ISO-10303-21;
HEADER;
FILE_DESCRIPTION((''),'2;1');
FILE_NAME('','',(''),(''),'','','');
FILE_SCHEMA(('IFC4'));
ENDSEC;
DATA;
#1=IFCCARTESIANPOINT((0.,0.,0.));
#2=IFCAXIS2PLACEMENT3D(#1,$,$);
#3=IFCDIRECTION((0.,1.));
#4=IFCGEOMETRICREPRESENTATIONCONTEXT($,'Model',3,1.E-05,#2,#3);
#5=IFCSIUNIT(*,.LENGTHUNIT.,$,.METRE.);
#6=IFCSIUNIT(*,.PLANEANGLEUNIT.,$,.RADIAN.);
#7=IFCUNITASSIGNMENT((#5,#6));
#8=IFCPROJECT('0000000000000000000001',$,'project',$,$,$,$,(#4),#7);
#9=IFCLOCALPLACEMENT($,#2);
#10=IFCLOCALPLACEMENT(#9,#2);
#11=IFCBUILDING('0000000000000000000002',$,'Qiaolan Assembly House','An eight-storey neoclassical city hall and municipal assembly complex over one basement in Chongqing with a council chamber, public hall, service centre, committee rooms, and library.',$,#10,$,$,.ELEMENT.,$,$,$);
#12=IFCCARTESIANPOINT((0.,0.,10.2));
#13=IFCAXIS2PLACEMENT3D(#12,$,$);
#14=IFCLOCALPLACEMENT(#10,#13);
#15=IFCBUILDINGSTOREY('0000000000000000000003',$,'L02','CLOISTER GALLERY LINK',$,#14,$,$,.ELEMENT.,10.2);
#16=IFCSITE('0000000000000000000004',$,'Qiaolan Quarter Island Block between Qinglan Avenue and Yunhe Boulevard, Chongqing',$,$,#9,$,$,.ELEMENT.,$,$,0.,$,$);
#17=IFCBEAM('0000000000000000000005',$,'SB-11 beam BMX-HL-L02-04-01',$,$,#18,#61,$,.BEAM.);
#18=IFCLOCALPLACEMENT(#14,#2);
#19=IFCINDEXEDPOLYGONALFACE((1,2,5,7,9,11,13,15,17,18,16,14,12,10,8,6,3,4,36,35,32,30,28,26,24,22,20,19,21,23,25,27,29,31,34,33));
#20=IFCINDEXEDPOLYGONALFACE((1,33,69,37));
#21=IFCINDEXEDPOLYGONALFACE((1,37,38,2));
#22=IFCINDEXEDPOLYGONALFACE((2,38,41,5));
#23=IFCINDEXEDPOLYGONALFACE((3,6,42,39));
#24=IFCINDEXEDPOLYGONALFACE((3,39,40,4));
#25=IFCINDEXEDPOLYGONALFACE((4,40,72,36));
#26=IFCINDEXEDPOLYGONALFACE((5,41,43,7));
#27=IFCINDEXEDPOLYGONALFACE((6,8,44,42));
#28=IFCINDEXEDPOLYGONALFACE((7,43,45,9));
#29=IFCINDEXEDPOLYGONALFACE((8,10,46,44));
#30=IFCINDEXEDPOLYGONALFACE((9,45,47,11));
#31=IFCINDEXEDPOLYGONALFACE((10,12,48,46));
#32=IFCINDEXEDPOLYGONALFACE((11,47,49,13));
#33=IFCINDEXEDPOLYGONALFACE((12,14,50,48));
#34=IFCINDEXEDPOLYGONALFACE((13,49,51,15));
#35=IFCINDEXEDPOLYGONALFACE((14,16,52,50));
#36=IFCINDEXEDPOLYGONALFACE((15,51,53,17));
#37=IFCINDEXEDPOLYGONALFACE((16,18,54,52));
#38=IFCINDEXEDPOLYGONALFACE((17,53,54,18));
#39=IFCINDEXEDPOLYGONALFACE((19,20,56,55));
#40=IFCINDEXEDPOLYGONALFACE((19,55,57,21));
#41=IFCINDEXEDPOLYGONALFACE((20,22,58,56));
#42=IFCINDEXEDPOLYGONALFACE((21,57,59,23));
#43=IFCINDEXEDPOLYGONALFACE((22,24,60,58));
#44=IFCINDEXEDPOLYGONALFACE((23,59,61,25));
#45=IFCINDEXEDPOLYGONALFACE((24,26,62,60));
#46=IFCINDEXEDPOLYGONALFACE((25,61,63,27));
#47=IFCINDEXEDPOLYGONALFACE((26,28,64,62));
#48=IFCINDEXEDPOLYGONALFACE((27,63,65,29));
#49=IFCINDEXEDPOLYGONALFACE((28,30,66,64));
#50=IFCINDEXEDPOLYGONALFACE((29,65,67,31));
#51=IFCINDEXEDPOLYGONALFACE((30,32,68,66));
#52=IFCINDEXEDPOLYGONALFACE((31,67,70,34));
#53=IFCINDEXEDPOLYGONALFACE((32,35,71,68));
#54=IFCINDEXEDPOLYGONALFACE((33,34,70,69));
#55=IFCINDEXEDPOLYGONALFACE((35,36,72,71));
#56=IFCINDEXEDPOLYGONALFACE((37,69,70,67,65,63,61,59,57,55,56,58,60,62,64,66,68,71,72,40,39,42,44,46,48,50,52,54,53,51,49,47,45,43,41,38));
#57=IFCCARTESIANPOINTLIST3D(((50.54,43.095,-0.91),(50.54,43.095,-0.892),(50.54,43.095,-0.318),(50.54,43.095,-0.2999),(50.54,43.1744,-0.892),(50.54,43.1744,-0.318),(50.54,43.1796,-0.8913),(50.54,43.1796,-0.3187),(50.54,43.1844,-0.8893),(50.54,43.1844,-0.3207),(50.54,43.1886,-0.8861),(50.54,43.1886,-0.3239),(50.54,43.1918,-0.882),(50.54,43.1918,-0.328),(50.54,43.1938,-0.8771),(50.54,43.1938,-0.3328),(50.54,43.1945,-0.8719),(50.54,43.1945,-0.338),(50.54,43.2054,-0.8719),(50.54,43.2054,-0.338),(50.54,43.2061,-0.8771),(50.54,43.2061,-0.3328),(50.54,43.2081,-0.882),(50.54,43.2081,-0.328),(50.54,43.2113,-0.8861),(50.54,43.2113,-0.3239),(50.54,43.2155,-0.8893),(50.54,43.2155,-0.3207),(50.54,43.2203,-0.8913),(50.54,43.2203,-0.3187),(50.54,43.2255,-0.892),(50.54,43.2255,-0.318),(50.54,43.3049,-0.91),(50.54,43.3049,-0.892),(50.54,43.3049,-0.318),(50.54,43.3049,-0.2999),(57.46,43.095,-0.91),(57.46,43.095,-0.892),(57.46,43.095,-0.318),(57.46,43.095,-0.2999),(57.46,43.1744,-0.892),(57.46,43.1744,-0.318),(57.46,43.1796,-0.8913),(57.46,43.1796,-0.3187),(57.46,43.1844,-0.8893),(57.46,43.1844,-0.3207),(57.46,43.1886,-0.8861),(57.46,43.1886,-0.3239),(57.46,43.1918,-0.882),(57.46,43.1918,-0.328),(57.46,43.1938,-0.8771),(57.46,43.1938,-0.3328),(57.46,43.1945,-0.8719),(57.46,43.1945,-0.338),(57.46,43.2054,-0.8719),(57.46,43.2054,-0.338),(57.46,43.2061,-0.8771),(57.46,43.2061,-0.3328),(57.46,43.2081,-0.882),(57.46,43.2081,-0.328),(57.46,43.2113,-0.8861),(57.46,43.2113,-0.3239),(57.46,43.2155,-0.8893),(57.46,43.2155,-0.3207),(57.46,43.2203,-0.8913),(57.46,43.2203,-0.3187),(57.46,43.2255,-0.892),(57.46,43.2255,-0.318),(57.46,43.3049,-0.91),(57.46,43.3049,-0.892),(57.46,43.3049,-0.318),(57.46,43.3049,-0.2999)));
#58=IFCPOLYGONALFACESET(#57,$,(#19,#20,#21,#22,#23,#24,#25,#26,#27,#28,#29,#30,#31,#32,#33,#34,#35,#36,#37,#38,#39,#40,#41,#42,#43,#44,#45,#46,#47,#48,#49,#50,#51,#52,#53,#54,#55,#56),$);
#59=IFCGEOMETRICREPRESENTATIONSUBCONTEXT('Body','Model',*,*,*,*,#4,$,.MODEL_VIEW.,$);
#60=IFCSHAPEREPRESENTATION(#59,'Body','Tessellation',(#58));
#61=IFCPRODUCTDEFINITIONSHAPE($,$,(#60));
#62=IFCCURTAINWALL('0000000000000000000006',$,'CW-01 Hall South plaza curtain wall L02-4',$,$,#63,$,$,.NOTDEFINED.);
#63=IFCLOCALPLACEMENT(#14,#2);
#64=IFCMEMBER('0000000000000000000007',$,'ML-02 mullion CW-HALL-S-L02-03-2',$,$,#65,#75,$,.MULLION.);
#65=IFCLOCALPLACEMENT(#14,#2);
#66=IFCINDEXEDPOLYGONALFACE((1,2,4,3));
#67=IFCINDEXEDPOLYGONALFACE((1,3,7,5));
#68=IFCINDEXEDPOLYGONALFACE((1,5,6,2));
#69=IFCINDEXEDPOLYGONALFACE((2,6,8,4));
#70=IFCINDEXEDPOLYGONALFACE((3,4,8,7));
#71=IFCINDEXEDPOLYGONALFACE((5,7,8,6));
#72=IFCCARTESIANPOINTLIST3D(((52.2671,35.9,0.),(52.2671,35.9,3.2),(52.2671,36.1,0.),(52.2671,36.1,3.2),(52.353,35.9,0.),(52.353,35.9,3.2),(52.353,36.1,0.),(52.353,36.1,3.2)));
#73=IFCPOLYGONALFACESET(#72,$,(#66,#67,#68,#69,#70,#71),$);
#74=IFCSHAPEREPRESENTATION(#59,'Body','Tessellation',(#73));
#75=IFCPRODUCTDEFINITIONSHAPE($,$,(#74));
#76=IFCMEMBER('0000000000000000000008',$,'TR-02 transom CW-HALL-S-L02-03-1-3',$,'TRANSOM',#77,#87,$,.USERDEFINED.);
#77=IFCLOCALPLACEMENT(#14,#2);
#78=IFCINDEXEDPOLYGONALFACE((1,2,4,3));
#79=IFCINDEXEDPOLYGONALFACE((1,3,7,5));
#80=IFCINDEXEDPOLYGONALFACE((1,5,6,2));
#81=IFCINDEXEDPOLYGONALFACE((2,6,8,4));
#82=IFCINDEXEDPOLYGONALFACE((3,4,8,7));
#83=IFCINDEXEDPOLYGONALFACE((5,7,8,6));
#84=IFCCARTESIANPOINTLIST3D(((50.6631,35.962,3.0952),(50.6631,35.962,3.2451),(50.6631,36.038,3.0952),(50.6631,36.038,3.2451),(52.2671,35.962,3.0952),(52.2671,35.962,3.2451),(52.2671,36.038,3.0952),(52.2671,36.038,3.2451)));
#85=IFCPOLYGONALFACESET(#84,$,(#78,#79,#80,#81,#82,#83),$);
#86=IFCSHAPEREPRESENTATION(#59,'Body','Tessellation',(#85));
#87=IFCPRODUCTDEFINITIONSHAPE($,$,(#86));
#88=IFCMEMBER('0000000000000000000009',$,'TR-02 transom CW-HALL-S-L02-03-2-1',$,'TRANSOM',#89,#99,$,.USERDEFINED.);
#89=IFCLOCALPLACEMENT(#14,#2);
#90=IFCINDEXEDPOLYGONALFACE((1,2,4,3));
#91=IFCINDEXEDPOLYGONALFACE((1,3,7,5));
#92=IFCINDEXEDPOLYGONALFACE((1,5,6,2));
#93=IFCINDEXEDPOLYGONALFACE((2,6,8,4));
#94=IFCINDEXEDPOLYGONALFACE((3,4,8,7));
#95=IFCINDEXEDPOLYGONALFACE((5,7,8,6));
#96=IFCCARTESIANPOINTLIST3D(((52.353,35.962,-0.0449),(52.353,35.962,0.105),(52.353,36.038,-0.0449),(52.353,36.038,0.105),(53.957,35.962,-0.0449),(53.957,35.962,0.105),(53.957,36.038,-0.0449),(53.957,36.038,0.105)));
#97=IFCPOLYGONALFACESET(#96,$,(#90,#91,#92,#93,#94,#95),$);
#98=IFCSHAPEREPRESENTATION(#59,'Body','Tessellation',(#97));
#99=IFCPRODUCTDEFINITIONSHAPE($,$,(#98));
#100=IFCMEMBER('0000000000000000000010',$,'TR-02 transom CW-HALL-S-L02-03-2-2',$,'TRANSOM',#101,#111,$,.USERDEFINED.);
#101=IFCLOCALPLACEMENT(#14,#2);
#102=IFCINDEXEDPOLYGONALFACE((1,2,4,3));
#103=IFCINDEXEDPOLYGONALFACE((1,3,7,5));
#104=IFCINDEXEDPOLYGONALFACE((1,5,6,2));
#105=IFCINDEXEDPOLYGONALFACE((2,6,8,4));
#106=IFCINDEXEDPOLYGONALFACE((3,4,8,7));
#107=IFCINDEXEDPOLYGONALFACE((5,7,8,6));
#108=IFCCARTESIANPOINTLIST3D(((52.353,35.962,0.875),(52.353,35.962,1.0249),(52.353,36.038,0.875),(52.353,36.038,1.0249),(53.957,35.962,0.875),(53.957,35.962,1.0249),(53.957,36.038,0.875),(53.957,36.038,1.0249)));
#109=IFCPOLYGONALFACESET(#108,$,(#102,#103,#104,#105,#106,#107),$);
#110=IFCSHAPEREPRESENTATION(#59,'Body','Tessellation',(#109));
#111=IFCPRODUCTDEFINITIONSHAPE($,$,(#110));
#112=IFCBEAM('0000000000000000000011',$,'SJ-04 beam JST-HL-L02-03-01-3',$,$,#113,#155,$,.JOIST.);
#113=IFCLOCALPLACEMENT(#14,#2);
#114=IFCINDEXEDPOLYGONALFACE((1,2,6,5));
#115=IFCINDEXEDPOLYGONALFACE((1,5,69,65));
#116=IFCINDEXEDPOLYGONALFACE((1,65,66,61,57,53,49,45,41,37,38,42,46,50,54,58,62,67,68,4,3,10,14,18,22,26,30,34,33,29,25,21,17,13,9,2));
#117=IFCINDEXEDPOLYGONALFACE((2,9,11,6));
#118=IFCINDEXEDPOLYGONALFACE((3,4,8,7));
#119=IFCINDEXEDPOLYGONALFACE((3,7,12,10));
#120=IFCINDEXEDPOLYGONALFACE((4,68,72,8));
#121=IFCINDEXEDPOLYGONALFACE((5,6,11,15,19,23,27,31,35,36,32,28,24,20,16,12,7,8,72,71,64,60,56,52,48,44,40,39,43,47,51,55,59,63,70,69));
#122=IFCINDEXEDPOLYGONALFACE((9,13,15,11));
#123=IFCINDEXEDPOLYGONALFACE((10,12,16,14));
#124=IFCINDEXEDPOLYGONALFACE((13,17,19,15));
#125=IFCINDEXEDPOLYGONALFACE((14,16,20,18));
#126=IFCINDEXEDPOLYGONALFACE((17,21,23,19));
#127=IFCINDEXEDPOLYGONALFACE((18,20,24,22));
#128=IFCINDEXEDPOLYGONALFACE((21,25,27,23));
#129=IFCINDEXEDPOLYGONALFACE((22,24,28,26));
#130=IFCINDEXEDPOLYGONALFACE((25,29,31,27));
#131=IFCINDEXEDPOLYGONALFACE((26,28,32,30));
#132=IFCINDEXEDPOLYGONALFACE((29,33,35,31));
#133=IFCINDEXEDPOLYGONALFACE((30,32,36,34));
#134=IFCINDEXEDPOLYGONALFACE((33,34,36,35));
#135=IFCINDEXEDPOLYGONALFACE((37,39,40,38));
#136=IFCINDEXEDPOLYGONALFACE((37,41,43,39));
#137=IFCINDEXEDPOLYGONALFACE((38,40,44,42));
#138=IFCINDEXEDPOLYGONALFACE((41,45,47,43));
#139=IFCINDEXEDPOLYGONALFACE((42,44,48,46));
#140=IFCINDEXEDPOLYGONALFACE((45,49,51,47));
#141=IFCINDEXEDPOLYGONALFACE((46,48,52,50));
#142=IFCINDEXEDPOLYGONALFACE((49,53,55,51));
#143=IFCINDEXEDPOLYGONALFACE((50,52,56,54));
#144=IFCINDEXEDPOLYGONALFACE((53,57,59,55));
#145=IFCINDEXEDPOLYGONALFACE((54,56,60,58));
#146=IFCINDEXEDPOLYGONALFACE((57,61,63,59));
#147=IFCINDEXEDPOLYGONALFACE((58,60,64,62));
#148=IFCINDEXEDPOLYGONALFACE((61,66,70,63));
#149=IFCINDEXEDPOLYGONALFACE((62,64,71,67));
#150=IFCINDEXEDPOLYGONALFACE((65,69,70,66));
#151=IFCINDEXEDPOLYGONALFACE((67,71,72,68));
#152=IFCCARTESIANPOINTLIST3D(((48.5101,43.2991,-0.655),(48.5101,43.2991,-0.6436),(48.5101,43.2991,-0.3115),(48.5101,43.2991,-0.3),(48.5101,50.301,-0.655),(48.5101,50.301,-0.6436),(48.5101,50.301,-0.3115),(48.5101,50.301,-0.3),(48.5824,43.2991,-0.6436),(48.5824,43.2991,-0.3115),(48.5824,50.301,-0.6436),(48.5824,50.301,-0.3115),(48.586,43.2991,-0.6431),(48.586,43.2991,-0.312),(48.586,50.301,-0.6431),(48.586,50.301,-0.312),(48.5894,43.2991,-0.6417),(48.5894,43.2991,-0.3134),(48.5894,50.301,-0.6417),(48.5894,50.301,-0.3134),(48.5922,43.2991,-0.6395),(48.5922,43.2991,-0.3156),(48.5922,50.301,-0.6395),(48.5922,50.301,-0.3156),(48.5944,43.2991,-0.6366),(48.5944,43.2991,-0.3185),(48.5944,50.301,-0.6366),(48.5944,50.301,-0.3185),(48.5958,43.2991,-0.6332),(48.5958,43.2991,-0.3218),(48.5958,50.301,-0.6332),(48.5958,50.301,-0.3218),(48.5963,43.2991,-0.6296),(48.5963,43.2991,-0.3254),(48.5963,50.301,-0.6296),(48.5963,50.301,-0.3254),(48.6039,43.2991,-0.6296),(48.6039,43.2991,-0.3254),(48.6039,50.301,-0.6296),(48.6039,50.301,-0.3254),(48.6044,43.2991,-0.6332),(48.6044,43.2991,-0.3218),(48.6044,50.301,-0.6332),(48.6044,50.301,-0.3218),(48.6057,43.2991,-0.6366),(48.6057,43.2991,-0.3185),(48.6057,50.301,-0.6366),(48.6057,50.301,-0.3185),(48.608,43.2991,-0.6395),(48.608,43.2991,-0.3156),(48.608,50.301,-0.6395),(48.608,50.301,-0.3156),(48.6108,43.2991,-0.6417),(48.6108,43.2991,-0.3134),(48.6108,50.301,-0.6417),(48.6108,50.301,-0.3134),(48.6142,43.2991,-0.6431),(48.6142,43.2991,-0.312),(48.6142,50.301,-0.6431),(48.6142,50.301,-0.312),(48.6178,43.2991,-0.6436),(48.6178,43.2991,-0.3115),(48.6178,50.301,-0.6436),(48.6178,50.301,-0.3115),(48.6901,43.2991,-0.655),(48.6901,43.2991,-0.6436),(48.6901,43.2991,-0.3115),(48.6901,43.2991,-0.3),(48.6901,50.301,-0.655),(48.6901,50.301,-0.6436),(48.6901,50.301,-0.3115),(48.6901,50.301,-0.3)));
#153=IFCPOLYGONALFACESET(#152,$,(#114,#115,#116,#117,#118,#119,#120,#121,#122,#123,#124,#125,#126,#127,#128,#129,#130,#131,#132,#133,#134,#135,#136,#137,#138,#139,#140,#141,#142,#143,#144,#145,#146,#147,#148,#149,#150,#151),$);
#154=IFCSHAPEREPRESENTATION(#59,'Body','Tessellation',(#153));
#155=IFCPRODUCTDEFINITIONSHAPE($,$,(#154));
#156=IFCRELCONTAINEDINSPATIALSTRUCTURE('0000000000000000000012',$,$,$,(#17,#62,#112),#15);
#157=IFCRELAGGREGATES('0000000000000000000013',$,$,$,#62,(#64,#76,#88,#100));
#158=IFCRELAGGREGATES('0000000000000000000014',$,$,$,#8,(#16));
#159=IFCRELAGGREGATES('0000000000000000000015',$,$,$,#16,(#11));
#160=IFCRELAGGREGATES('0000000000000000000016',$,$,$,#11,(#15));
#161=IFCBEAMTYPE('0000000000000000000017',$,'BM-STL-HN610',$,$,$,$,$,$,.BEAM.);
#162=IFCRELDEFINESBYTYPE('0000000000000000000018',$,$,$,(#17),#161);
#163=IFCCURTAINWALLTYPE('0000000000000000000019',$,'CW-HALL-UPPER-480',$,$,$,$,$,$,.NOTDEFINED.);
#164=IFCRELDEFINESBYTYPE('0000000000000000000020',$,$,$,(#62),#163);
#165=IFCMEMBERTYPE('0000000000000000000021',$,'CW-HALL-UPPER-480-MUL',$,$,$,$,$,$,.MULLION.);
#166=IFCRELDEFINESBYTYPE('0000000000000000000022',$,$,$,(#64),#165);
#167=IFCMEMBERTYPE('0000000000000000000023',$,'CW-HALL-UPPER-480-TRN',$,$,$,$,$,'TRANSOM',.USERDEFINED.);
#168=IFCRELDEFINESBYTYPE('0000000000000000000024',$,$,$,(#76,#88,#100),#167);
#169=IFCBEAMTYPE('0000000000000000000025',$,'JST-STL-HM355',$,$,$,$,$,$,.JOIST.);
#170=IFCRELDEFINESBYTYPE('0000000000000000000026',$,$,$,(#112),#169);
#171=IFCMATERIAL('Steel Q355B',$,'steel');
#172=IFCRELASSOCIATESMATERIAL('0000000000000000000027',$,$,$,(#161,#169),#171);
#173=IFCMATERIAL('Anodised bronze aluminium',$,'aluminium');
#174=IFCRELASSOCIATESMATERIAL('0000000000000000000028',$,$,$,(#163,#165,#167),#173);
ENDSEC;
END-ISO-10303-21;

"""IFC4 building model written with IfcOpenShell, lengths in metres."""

from ifc_helpers import new_model, si_unit, direction, frame, origin, origin_2d, place, context, subcontext, project, spatial, rectangle, i_section, extrude, material, material_profile, profile_set, type_object, element, aggregate, save


model = new_model("IFC4")

# Units and contexts
model_context = context("Model", 3, precision=1e-05, world=origin(), true_north=direction((0.0, 1.0)))
body_context = subcontext(model_context, "Body", "Model", "MODEL_VIEW")
ifc_project = project(units=[si_unit("LENGTHUNIT", "METRE"), si_unit("PLANEANGLEUNIT", "RADIAN")], contexts=[model_context])

# Site, building, storey
site_placement = place(None, origin())
site = spatial("IfcSite", under=ifc_project, at=site_placement, Name="Qiaolan Quarter Island Block between Qinglan Avenue and Yunhe Boulevard, Chongqing", CompositionType="ELEMENT", RefElevation=0.0)
building_placement = place(site_placement, origin())
building = spatial("IfcBuilding", under=site, at=building_placement, Name="Qiaolan Assembly House", Description="An eight-storey neoclassical city hall and municipal assembly complex over one basement in Chongqing with a council chamber, public hall, service centre, committee rooms, and library.", CompositionType="ELEMENT")
storey_placement = place(building_placement, frame((0.0, 0.0, 10.2)))
storey = spatial("IfcBuildingStorey", under=building, at=storey_placement, Name="L02", Description="CLOISTER GALLERY LINK", CompositionType="ELEMENT", Elevation=10.2)

# Shared definitions
ifc_material_1 = material(Name="Steel Q355B", Category="steel")

# Beam
ifc_material_profile_1 = material_profile(ifc_material_1, i_section(OverallWidth=0.21, OverallDepth=0.6101, WebThickness=0.011, FlangeThickness=0.0181, FilletRadius=0.02, at=origin_2d()), Name="HN 610x210x11x18")
ifc_profile_set_1 = profile_set([ifc_material_profile_1], Name="Steel Q355B")
beam_type_1 = type_object("IfcBeamType", Name="BM-STL-HN610", PredefinedType="BEAM", material=ifc_profile_set_1)
beam_1_placement = place(storey_placement, frame((50.54, 43.2, -0.605), z_axis=(1.0, 0.0, 0.0), x_axis=(0.0, 1.0, 0.0)))
element("IfcBeam", 1, at=beam_1_placement, inside=storey, type_object=beam_type_1, Name="SB-11 beam BMX-HL-L02-04-01", PredefinedType="BEAM", context=body_context, shape_type="SweptSolid", body=[
    extrude(i_section(OverallWidth=0.21, OverallDepth=0.6101, WebThickness=0.011, FlangeThickness=0.0181, FilletRadius=0.02, at=origin_2d()), origin(), (0.0, 0.0, 1.0), 6.9199),
])

# Curtain wall, members
ifc_material_2 = material(Name="Anodised bronze aluminium", Category="aluminium")
curtain_wall_type = type_object("IfcCurtainWallType", Name="CW-HALL-UPPER-480", PredefinedType="NOTDEFINED", material=ifc_material_2)
curtain_wall_placement = place(storey_placement, origin())
curtain_wall = element("IfcCurtainWall", 2, at=curtain_wall_placement, inside=storey, type_object=curtain_wall_type, Name="CW-01 Hall South plaza curtain wall L02-4", PredefinedType="NOTDEFINED")
ifc_material_profile_2 = material_profile(ifc_material_2, rectangle(XDim=0.0859, YDim=0.2, at=origin_2d()), Name="MUL 86x200")
ifc_profile_set_2 = profile_set([ifc_material_profile_2], Name="Anodised bronze aluminium")
member_type_1 = type_object("IfcMemberType", Name="CW-HALL-UPPER-480-MUL", PredefinedType="MULLION", material=ifc_profile_set_2)
member_1_placement = place(storey_placement, frame((52.3101, 36.0, 0.0), z_axis=(0.0, 0.0, 1.0), x_axis=(1.0, 0.0, 0.0)))
member_1 = element("IfcMember", 3, at=member_1_placement, type_object=member_type_1, Name="ML-02 mullion CW-HALL-S-L02-03-2", PredefinedType="MULLION", context=body_context, shape_type="SweptSolid", body=[
    extrude(rectangle(XDim=0.0859, YDim=0.2, at=origin_2d()), origin(), (0.0, 0.0, 1.0), 3.2),
])
ifc_material_profile_3 = material_profile(ifc_material_2, rectangle(XDim=0.0759, YDim=0.1499, at=origin_2d()), Name="TRN 76x150")
ifc_profile_set_3 = profile_set([ifc_material_profile_3], Name="Anodised bronze aluminium")
member_type_2 = type_object("IfcMemberType", Name="CW-HALL-UPPER-480-TRN", ElementType="TRANSOM", PredefinedType="USERDEFINED", material=ifc_profile_set_3)
member_2_placement = place(storey_placement, frame((50.6631, 36.0, 3.1702), z_axis=(1.0, 0.0, 0.0), x_axis=(0.0, 1.0, 0.0)))
member_2 = element("IfcMember", 4, at=member_2_placement, type_object=member_type_2, Name="TR-02 transom CW-HALL-S-L02-03-1-3", ObjectType="TRANSOM", PredefinedType="USERDEFINED", context=body_context, shape_type="SweptSolid", body=[
    extrude(rectangle(XDim=0.0759, YDim=0.1499, at=origin_2d()), origin(), (0.0, 0.0, 1.0), 1.604),
])
member_3_placement = place(storey_placement, frame((52.353, 36.0, 0.03), z_axis=(1.0, 0.0, 0.0), x_axis=(0.0, 1.0, 0.0)))
member_3 = element("IfcMember", 5, at=member_3_placement, type_object=member_type_2, Name="TR-02 transom CW-HALL-S-L02-03-2-1", ObjectType="TRANSOM", PredefinedType="USERDEFINED", context=body_context, shape_type="SweptSolid", body=[
    extrude(rectangle(XDim=0.0759, YDim=0.1499, at=origin_2d()), origin(), (0.0, 0.0, 1.0), 1.604),
])
member_4_placement = place(storey_placement, frame((52.353, 36.0, 0.95), z_axis=(1.0, 0.0, 0.0), x_axis=(0.0, 1.0, 0.0)))
member_4 = element("IfcMember", 6, at=member_4_placement, type_object=member_type_2, Name="TR-02 transom CW-HALL-S-L02-03-2-2", ObjectType="TRANSOM", PredefinedType="USERDEFINED", context=body_context, shape_type="SweptSolid", body=[
    extrude(rectangle(XDim=0.0759, YDim=0.1499, at=origin_2d()), origin(), (0.0, 0.0, 1.0), 1.604),
])

# Beam
ifc_material_profile_4 = material_profile(ifc_material_1, i_section(OverallWidth=0.1799, OverallDepth=0.355, WebThickness=0.0076, FlangeThickness=0.0115, FilletRadius=0.0139, at=origin_2d()), Name="HM 355x180x7.5x11.5")
ifc_profile_set_4 = profile_set([ifc_material_profile_4], Name="Steel Q355B")
beam_type_2 = type_object("IfcBeamType", Name="JST-STL-HM355", PredefinedType="JOIST", material=ifc_profile_set_4)
for number, where, z_axis, x_axis, name in (
    (7, (48.6001, 43.2991, -0.4775), (0.0, 1.0, 0.0), (-1.0, 0.0, 0.0), "SJ-04 beam JST-HL-L02-03-01-3"),
):
    element("IfcBeam", number, at=place(storey_placement, frame(where, z_axis=z_axis, x_axis=x_axis)), inside=storey, type_object=beam_type_2, Name=name, PredefinedType="JOIST", context=body_context, shape_type="SweptSolid", body=[
        extrude(i_section(OverallWidth=0.1799, OverallDepth=0.355, WebThickness=0.0076, FlangeThickness=0.0115, FilletRadius=0.0139, at=origin_2d()), origin(), (0.0, 0.0, 1.0), 7.002),
    ])

aggregate(curtain_wall, [member_1, member_2, member_3, member_4])

save(model, "model.ifc")
